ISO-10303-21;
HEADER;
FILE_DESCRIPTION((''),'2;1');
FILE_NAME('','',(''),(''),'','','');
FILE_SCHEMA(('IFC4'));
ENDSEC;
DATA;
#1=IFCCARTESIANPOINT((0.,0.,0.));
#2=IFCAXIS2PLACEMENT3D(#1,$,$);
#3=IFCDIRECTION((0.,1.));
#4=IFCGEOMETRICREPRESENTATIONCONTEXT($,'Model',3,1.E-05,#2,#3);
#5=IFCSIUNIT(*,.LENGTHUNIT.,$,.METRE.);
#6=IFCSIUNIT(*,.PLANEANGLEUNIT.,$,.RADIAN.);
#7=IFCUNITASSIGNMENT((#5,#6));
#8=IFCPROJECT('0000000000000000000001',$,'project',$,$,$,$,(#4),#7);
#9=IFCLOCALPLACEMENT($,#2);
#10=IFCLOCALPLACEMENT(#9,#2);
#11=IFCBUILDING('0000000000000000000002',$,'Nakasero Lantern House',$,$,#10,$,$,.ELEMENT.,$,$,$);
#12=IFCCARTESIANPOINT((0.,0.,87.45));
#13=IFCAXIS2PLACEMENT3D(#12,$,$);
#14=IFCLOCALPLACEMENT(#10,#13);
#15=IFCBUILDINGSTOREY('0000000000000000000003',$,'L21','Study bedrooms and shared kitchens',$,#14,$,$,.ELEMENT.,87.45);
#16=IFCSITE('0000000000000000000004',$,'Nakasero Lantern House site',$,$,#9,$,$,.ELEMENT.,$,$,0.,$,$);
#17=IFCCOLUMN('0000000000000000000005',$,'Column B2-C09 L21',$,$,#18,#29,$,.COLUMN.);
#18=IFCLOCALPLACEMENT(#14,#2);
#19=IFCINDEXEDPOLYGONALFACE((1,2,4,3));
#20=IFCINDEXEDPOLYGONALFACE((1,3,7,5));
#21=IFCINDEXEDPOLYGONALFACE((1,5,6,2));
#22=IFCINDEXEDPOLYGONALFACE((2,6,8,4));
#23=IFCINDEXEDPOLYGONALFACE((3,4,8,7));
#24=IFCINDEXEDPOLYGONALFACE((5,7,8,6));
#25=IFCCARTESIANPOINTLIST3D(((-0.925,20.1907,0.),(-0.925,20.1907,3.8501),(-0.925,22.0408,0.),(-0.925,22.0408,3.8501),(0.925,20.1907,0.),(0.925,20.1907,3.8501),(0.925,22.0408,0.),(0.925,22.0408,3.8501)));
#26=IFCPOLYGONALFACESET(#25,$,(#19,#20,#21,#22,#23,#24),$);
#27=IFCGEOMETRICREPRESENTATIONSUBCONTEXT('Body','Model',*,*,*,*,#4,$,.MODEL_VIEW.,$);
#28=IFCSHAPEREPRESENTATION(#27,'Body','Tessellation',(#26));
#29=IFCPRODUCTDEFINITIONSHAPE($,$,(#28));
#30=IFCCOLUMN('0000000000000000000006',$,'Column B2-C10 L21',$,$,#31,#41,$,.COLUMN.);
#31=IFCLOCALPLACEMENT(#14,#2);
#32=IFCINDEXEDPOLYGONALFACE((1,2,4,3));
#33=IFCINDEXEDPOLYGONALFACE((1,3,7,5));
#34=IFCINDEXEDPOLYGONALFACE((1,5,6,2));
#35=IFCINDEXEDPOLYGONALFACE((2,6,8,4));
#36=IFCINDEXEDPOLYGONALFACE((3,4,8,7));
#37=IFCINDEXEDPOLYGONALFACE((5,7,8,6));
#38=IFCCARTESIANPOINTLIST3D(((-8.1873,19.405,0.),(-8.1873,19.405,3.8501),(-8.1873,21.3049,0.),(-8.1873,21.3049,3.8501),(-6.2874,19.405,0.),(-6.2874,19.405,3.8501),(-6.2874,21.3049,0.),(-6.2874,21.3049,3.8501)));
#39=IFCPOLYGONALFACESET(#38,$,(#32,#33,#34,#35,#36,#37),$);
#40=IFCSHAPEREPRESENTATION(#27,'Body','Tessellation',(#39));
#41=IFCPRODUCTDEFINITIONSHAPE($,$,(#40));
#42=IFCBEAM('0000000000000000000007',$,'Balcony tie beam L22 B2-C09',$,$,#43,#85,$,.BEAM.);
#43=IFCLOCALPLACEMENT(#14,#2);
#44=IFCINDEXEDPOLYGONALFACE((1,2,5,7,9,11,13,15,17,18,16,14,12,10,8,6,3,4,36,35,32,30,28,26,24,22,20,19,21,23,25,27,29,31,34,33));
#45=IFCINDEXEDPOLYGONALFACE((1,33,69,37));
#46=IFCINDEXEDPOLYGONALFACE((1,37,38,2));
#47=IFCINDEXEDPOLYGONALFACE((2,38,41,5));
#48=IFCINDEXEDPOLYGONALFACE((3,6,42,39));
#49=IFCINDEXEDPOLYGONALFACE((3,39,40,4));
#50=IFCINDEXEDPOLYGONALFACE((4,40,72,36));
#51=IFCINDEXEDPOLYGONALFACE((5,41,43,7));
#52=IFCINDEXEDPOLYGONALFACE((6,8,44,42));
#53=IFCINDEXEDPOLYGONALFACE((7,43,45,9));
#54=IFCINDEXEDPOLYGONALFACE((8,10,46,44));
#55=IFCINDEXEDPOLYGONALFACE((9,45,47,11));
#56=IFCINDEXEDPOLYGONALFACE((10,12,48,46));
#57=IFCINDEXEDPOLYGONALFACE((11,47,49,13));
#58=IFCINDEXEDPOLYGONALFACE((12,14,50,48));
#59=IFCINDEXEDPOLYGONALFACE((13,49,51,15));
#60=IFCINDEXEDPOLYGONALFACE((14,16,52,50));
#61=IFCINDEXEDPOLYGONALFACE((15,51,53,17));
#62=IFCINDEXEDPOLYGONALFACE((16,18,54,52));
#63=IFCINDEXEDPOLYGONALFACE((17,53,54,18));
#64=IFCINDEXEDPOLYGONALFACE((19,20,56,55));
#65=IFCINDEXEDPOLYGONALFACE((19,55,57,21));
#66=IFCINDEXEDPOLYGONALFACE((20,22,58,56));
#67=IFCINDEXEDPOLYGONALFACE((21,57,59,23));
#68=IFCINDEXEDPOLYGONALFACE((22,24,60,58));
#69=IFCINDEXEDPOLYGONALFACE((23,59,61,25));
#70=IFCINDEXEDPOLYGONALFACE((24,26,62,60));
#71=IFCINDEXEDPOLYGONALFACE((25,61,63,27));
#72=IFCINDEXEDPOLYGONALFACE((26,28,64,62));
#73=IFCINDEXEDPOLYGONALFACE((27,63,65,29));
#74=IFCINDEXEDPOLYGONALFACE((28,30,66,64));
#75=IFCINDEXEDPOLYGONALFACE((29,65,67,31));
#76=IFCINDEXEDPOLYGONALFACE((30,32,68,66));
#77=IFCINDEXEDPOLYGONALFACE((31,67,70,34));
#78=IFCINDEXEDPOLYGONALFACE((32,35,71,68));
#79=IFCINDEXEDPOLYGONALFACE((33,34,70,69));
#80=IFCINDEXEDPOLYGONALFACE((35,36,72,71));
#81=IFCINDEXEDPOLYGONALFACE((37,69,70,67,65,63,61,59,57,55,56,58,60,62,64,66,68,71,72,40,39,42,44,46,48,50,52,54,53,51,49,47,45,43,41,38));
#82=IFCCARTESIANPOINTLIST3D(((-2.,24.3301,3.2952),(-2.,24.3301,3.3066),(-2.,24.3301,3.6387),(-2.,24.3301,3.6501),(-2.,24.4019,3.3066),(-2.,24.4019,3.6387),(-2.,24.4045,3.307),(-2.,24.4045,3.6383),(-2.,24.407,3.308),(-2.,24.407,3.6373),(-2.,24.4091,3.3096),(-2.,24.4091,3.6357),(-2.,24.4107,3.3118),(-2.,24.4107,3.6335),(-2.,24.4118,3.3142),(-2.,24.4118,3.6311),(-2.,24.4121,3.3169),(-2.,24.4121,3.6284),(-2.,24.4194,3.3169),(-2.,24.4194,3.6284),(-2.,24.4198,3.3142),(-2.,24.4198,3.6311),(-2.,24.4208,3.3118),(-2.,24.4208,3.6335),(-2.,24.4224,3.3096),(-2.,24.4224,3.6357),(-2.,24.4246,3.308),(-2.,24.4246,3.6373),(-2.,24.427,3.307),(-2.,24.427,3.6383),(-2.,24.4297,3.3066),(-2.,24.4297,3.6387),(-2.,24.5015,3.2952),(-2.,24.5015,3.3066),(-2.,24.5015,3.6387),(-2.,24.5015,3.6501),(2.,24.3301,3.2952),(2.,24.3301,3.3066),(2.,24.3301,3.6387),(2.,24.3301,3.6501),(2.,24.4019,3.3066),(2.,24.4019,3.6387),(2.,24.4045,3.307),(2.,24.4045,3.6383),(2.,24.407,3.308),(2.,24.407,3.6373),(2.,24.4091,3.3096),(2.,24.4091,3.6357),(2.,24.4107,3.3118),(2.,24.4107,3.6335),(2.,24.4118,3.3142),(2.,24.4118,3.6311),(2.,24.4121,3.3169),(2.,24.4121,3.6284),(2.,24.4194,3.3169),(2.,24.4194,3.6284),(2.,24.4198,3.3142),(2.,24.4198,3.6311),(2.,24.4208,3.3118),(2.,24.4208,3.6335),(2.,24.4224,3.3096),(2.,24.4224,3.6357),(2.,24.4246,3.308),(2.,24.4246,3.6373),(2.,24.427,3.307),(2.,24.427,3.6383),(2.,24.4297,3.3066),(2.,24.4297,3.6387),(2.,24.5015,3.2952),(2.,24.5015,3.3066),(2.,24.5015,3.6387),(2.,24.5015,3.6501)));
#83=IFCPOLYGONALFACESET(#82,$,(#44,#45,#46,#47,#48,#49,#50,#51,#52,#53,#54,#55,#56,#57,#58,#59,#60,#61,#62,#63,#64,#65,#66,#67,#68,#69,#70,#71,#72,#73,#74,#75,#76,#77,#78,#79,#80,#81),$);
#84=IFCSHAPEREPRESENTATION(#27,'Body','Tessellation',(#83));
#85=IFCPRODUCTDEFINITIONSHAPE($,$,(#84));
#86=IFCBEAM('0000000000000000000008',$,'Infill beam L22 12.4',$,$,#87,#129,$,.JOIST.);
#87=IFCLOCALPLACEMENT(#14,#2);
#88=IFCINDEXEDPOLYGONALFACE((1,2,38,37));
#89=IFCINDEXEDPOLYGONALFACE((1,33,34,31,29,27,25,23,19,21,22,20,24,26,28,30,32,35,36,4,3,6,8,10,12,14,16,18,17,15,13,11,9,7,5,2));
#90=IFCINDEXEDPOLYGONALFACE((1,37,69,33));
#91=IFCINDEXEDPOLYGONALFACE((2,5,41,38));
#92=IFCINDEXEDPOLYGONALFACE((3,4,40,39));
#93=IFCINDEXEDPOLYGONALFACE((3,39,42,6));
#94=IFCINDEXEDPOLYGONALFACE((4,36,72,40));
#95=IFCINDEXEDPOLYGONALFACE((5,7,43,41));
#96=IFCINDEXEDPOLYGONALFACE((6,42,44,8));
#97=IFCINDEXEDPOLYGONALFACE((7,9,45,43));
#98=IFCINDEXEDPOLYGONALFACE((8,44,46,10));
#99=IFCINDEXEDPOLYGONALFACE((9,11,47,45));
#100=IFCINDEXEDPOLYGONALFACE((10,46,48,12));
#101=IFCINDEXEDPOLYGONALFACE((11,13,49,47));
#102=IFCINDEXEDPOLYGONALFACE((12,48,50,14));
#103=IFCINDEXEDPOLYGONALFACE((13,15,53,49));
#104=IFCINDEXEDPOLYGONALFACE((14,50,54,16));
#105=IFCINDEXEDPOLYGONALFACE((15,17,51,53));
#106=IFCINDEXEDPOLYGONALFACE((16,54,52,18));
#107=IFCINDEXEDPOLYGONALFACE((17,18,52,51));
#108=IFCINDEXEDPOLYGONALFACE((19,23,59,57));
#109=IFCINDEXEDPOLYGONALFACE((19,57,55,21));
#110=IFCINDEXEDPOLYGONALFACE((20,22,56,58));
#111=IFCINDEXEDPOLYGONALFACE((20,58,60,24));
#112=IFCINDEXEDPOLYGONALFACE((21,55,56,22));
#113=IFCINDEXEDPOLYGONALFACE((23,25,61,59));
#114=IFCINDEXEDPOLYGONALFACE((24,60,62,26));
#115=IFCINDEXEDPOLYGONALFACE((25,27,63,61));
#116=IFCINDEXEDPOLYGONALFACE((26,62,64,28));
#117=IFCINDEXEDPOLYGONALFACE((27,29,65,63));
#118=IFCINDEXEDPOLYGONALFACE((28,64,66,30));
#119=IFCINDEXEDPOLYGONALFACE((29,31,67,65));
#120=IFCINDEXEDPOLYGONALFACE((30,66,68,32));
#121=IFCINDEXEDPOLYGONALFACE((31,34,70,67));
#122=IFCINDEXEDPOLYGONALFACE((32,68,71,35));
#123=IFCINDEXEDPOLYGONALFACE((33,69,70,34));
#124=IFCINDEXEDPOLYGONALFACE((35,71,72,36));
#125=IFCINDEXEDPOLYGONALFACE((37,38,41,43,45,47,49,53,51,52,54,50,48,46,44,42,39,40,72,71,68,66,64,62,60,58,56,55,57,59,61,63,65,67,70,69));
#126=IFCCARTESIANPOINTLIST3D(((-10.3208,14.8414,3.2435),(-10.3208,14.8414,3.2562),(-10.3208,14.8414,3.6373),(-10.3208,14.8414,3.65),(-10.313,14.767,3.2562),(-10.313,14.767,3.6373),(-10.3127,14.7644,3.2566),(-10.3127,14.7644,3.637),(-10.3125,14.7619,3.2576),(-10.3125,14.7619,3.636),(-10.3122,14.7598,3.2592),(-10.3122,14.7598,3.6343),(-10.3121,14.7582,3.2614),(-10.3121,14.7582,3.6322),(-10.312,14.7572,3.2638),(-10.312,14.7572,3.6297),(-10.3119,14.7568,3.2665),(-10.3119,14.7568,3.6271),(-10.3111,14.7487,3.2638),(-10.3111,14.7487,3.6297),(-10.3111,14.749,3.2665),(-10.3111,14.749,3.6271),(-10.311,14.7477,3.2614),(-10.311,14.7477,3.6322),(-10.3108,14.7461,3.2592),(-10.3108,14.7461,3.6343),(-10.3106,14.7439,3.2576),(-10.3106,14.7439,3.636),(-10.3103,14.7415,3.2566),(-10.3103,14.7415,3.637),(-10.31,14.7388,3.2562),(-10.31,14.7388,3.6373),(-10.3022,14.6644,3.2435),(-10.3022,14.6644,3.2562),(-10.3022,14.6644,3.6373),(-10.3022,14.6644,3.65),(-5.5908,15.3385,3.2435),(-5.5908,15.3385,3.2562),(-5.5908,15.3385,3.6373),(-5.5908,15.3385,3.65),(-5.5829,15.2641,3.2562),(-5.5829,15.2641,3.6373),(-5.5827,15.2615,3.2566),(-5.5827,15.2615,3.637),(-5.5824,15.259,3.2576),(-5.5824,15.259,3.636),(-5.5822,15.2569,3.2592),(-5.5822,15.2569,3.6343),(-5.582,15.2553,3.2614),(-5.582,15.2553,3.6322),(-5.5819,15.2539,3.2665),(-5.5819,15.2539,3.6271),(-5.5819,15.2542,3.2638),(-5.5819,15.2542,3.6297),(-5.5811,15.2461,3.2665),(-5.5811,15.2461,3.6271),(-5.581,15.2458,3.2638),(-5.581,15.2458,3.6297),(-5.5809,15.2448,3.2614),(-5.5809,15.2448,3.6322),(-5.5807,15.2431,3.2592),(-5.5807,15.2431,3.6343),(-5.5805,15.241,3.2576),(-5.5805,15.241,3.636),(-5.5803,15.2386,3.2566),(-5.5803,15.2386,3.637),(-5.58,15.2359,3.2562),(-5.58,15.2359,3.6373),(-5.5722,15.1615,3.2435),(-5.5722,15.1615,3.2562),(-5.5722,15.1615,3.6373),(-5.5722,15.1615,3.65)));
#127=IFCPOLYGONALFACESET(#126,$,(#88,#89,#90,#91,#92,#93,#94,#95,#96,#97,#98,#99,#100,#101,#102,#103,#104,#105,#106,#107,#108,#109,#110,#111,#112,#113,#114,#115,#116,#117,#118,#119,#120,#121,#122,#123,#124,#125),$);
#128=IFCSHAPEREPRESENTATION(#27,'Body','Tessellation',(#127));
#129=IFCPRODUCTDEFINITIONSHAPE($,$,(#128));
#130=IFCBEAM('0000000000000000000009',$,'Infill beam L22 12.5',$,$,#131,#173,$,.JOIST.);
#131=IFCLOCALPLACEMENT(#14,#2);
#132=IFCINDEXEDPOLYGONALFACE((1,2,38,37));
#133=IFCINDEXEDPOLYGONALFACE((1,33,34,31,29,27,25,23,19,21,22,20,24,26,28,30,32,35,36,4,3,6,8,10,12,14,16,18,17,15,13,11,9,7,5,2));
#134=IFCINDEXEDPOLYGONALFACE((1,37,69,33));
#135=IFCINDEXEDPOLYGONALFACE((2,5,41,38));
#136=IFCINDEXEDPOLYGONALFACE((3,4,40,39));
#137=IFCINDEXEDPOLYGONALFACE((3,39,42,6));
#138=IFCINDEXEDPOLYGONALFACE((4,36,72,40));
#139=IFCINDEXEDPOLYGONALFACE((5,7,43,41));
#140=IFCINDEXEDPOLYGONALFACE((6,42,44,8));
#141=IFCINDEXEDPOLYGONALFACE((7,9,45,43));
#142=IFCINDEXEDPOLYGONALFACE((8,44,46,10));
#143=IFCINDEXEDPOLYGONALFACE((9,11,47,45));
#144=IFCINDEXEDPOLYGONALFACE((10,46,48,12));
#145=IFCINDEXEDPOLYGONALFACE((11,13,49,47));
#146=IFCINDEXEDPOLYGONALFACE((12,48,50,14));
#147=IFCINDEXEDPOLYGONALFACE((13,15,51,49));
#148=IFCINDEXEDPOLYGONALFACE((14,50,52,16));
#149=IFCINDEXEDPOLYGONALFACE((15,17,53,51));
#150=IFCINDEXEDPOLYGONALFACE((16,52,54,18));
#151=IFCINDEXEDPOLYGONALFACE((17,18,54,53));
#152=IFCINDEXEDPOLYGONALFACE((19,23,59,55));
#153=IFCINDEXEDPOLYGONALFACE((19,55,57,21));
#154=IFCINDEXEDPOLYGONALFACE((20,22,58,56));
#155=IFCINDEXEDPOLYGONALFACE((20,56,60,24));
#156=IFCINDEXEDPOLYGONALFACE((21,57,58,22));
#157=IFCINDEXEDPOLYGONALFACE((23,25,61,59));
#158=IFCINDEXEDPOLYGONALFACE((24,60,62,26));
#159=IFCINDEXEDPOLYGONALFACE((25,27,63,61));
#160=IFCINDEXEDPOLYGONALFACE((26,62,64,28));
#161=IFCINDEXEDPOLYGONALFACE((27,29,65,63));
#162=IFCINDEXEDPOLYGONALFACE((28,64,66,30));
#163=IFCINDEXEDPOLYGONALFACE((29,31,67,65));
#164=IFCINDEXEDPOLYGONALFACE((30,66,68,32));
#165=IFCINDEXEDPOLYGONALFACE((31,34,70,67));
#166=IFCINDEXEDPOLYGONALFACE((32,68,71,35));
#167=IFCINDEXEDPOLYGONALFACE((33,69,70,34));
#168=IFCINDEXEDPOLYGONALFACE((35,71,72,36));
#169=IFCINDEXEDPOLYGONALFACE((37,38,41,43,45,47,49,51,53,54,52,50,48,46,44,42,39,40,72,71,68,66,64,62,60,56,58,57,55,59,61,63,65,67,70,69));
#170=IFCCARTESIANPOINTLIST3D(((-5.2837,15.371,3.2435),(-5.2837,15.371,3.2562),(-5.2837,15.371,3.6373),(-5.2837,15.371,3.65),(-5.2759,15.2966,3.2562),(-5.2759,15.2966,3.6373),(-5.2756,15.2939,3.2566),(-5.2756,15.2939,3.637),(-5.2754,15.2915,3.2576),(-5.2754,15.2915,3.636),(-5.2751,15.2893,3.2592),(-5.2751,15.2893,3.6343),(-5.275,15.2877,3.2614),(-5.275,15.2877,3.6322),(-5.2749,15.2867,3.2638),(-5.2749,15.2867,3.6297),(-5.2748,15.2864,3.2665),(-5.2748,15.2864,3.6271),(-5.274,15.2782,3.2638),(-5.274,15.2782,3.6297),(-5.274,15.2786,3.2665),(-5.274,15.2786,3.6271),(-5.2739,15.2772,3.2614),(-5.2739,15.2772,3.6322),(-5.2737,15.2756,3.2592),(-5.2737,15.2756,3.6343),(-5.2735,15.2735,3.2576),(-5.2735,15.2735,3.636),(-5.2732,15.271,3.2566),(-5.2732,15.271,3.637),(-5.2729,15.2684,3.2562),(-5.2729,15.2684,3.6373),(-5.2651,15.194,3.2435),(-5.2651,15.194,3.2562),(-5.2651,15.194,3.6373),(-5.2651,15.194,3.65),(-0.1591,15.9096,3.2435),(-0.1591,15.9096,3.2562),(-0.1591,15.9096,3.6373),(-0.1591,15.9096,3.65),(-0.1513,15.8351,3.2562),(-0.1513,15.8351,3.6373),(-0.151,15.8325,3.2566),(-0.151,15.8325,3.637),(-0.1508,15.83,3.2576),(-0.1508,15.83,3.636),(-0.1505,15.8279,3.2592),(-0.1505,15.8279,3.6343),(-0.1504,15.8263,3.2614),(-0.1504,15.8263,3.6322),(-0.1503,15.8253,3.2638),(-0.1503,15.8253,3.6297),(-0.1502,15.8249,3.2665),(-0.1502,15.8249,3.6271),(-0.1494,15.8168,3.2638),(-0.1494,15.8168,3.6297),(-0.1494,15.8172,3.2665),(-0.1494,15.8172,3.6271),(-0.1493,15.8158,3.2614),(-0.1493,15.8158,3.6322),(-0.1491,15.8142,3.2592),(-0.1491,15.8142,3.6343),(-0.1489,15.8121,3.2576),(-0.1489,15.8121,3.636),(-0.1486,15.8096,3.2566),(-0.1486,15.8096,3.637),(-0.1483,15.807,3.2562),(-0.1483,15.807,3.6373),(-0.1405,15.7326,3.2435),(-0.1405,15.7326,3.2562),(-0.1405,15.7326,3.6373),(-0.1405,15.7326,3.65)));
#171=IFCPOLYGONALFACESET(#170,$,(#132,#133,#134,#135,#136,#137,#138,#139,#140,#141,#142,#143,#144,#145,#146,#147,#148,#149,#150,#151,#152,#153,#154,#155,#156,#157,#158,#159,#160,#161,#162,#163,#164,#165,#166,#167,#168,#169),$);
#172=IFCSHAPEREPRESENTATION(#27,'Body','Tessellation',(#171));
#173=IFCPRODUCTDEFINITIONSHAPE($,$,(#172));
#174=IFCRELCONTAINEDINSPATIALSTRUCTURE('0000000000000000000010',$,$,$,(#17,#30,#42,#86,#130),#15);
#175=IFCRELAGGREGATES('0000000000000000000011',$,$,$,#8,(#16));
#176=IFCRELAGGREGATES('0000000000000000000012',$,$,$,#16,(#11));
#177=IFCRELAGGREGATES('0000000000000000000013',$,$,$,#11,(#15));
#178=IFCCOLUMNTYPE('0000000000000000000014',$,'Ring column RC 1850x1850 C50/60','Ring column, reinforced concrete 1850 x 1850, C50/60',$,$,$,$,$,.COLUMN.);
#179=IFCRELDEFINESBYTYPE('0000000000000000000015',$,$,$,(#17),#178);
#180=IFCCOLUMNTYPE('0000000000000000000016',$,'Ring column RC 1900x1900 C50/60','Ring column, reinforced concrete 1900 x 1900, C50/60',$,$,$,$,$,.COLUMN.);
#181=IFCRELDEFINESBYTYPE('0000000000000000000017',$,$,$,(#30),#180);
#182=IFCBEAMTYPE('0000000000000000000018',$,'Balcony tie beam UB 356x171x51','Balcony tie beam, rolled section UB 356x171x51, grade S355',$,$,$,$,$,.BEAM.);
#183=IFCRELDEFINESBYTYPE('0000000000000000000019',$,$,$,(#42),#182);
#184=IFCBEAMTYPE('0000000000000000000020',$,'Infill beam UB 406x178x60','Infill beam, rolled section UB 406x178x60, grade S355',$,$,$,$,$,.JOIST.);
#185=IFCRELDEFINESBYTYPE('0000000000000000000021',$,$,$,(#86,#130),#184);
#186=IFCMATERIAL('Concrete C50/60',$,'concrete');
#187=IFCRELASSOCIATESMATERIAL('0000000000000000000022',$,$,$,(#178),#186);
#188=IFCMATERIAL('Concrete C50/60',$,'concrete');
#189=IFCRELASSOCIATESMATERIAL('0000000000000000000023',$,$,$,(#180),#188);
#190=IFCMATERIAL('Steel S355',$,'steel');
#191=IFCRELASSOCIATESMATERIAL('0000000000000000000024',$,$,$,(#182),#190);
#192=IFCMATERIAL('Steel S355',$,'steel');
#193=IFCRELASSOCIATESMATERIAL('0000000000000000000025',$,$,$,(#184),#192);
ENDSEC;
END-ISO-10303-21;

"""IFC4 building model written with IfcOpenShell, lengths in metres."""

from ifc_helpers import new_model, si_unit, direction, frame, origin, origin_2d, place, context, subcontext, project, spatial, rectangle, i_section, extrude, material, material_profile, profile_set, type_object, element, save


model = new_model("IFC4")

# Units and contexts
model_context = context("Model", 3, precision=1e-05, world=origin(), true_north=direction((0.0, 1.0)))
body_context = subcontext(model_context, "Body", "Model", "MODEL_VIEW")
ifc_project = project(units=[si_unit("LENGTHUNIT", "METRE"), si_unit("PLANEANGLEUNIT", "RADIAN")], contexts=[model_context])

# Site, building, storey
site_placement = place(None, origin())
site = spatial("IfcSite", under=ifc_project, at=site_placement, Name="Nakasero Lantern House site", CompositionType="ELEMENT", RefElevation=0.0)
building_placement = place(site_placement, origin())
building = spatial("IfcBuilding", under=site, at=building_placement, Name="Nakasero Lantern House", CompositionType="ELEMENT")
storey_placement = place(building_placement, frame((0.0, 0.0, 87.45)))
storey = spatial("IfcBuildingStorey", under=building, at=storey_placement, Name="L21", Description="Study bedrooms and shared kitchens", CompositionType="ELEMENT", Elevation=87.45)

# Columns
ifc_material_1 = material(Name="Concrete C50/60", Category="concrete")
ifc_material_profile_1 = material_profile(ifc_material_1, rectangle(XDim=1.8501, YDim=1.8501, at=origin_2d()), Name="RC 1850x1850")
ifc_profile_set_1 = profile_set([ifc_material_profile_1], Name="Concrete C50/60")
column_type_1 = type_object("IfcColumnType", Name="Ring column RC 1850x1850 C50/60", Description="Ring column, reinforced concrete 1850 x 1850, C50/60", PredefinedType="COLUMN", material=ifc_profile_set_1)
column_1_placement = place(storey_placement, frame((0.0, 21.1157, 0.0), z_axis=(0.0, 0.0, 1.0), x_axis=(1.0, 0.0, 0.0)))
element("IfcColumn", 1, at=column_1_placement, inside=storey, type_object=column_type_1, Name="Column B2-C09 L21", PredefinedType="COLUMN", context=body_context, shape_type="SweptSolid", body=[
    extrude(rectangle(XDim=1.8501, YDim=1.8501, at=origin_2d()), origin(), (0.0, 0.0, 1.0), 3.8501),
])
ifc_material_2 = material(Name="Concrete C50/60", Category="concrete")
ifc_material_profile_2 = material_profile(ifc_material_2, rectangle(XDim=1.8999, YDim=1.8999, at=origin_2d()), Name="RC 1900x1900")
ifc_profile_set_2 = profile_set([ifc_material_profile_2], Name="Concrete C50/60")
column_type_2 = type_object("IfcColumnType", Name="Ring column RC 1900x1900 C50/60", Description="Ring column, reinforced concrete 1900 x 1900, C50/60", PredefinedType="COLUMN", material=ifc_profile_set_2)
column_2_placement = place(storey_placement, frame((-7.2373, 20.355, 0.0), z_axis=(0.0, 0.0, 1.0), x_axis=(1.0, 0.0, 0.0)))
element("IfcColumn", 2, at=column_2_placement, inside=storey, type_object=column_type_2, Name="Column B2-C10 L21", PredefinedType="COLUMN", context=body_context, shape_type="SweptSolid", body=[
    extrude(rectangle(XDim=1.8999, YDim=1.8999, at=origin_2d()), origin(), (0.0, 0.0, 1.0), 3.8501),
])

# Beams
ifc_material_3 = material(Name="Steel S355", Category="steel")
ifc_material_profile_3 = material_profile(ifc_material_3, i_section(OverallWidth=0.1714, OverallDepth=0.355, WebThickness=0.0073, FlangeThickness=0.0115, FilletRadius=0.0103, at=origin_2d()), Name="UB 356x171x51")
ifc_profile_set_3 = profile_set([ifc_material_profile_3], Name="Steel S355")
beam_type_1 = type_object("IfcBeamType", Name="Balcony tie beam UB 356x171x51", Description="Balcony tie beam, rolled section UB 356x171x51, grade S355", PredefinedType="BEAM", material=ifc_profile_set_3)
beam_1_placement = place(storey_placement, frame((-2.0, 24.4158, 3.4727), z_axis=(1.0, 0.0, 0.0), x_axis=(0.0, 1.0, 0.0)))
element("IfcBeam", 3, at=beam_1_placement, inside=storey, type_object=beam_type_1, Name="Balcony tie beam L22 B2-C09", PredefinedType="BEAM", context=body_context, shape_type="SweptSolid", body=[
    extrude(i_section(OverallWidth=0.1714, OverallDepth=0.355, WebThickness=0.0073, FlangeThickness=0.0115, FilletRadius=0.0103, at=origin_2d()), origin(), (0.0, 0.0, 1.0), 4.0),
])
ifc_material_4 = material(Name="Steel S355", Category="steel")
ifc_material_profile_4 = material_profile(ifc_material_4, i_section(OverallWidth=0.178, OverallDepth=0.4065, WebThickness=0.0078, FlangeThickness=0.0127, FilletRadius=0.0103, at=origin_2d()), Name="UB 406x178x60")
ifc_profile_set_4 = profile_set([ifc_material_profile_4], Name="Steel S355")
beam_type_2 = type_object("IfcBeamType", Name="Infill beam UB 406x178x60", Description="Infill beam, rolled section UB 406x178x60, grade S355", PredefinedType="JOIST", material=ifc_profile_set_4)
beam_2_placement = place(storey_placement, frame((-10.3115, 14.7529, 3.4468), z_axis=(0.994523, 0.104514, 0.0), x_axis=(-0.104514, 0.994523, 0.0)))
element("IfcBeam", 4, at=beam_2_placement, inside=storey, type_object=beam_type_2, Name="Infill beam L22 12.4", PredefinedType="JOIST", context=body_context, shape_type="SweptSolid", body=[
    extrude(i_section(OverallWidth=0.178, OverallDepth=0.4065, WebThickness=0.0078, FlangeThickness=0.0127, FilletRadius=0.0103, at=origin_2d()), origin(), (0.0, 0.0, 1.0), 4.7561),
])
beam_3_placement = place(storey_placement, frame((-5.2744, 15.2825, 3.4468), z_axis=(0.994523, 0.104522, 0.0), x_axis=(-0.104522, 0.994523, 0.0)))
element("IfcBeam", 5, at=beam_3_placement, inside=storey, type_object=beam_type_2, Name="Infill beam L22 12.5", PredefinedType="JOIST", context=body_context, shape_type="SweptSolid", body=[
    extrude(i_section(OverallWidth=0.178, OverallDepth=0.4065, WebThickness=0.0078, FlangeThickness=0.0127, FilletRadius=0.0103, at=origin_2d()), origin(), (0.0, 0.0, 1.0), 5.1528),
])

save(model, "model.ifc")
